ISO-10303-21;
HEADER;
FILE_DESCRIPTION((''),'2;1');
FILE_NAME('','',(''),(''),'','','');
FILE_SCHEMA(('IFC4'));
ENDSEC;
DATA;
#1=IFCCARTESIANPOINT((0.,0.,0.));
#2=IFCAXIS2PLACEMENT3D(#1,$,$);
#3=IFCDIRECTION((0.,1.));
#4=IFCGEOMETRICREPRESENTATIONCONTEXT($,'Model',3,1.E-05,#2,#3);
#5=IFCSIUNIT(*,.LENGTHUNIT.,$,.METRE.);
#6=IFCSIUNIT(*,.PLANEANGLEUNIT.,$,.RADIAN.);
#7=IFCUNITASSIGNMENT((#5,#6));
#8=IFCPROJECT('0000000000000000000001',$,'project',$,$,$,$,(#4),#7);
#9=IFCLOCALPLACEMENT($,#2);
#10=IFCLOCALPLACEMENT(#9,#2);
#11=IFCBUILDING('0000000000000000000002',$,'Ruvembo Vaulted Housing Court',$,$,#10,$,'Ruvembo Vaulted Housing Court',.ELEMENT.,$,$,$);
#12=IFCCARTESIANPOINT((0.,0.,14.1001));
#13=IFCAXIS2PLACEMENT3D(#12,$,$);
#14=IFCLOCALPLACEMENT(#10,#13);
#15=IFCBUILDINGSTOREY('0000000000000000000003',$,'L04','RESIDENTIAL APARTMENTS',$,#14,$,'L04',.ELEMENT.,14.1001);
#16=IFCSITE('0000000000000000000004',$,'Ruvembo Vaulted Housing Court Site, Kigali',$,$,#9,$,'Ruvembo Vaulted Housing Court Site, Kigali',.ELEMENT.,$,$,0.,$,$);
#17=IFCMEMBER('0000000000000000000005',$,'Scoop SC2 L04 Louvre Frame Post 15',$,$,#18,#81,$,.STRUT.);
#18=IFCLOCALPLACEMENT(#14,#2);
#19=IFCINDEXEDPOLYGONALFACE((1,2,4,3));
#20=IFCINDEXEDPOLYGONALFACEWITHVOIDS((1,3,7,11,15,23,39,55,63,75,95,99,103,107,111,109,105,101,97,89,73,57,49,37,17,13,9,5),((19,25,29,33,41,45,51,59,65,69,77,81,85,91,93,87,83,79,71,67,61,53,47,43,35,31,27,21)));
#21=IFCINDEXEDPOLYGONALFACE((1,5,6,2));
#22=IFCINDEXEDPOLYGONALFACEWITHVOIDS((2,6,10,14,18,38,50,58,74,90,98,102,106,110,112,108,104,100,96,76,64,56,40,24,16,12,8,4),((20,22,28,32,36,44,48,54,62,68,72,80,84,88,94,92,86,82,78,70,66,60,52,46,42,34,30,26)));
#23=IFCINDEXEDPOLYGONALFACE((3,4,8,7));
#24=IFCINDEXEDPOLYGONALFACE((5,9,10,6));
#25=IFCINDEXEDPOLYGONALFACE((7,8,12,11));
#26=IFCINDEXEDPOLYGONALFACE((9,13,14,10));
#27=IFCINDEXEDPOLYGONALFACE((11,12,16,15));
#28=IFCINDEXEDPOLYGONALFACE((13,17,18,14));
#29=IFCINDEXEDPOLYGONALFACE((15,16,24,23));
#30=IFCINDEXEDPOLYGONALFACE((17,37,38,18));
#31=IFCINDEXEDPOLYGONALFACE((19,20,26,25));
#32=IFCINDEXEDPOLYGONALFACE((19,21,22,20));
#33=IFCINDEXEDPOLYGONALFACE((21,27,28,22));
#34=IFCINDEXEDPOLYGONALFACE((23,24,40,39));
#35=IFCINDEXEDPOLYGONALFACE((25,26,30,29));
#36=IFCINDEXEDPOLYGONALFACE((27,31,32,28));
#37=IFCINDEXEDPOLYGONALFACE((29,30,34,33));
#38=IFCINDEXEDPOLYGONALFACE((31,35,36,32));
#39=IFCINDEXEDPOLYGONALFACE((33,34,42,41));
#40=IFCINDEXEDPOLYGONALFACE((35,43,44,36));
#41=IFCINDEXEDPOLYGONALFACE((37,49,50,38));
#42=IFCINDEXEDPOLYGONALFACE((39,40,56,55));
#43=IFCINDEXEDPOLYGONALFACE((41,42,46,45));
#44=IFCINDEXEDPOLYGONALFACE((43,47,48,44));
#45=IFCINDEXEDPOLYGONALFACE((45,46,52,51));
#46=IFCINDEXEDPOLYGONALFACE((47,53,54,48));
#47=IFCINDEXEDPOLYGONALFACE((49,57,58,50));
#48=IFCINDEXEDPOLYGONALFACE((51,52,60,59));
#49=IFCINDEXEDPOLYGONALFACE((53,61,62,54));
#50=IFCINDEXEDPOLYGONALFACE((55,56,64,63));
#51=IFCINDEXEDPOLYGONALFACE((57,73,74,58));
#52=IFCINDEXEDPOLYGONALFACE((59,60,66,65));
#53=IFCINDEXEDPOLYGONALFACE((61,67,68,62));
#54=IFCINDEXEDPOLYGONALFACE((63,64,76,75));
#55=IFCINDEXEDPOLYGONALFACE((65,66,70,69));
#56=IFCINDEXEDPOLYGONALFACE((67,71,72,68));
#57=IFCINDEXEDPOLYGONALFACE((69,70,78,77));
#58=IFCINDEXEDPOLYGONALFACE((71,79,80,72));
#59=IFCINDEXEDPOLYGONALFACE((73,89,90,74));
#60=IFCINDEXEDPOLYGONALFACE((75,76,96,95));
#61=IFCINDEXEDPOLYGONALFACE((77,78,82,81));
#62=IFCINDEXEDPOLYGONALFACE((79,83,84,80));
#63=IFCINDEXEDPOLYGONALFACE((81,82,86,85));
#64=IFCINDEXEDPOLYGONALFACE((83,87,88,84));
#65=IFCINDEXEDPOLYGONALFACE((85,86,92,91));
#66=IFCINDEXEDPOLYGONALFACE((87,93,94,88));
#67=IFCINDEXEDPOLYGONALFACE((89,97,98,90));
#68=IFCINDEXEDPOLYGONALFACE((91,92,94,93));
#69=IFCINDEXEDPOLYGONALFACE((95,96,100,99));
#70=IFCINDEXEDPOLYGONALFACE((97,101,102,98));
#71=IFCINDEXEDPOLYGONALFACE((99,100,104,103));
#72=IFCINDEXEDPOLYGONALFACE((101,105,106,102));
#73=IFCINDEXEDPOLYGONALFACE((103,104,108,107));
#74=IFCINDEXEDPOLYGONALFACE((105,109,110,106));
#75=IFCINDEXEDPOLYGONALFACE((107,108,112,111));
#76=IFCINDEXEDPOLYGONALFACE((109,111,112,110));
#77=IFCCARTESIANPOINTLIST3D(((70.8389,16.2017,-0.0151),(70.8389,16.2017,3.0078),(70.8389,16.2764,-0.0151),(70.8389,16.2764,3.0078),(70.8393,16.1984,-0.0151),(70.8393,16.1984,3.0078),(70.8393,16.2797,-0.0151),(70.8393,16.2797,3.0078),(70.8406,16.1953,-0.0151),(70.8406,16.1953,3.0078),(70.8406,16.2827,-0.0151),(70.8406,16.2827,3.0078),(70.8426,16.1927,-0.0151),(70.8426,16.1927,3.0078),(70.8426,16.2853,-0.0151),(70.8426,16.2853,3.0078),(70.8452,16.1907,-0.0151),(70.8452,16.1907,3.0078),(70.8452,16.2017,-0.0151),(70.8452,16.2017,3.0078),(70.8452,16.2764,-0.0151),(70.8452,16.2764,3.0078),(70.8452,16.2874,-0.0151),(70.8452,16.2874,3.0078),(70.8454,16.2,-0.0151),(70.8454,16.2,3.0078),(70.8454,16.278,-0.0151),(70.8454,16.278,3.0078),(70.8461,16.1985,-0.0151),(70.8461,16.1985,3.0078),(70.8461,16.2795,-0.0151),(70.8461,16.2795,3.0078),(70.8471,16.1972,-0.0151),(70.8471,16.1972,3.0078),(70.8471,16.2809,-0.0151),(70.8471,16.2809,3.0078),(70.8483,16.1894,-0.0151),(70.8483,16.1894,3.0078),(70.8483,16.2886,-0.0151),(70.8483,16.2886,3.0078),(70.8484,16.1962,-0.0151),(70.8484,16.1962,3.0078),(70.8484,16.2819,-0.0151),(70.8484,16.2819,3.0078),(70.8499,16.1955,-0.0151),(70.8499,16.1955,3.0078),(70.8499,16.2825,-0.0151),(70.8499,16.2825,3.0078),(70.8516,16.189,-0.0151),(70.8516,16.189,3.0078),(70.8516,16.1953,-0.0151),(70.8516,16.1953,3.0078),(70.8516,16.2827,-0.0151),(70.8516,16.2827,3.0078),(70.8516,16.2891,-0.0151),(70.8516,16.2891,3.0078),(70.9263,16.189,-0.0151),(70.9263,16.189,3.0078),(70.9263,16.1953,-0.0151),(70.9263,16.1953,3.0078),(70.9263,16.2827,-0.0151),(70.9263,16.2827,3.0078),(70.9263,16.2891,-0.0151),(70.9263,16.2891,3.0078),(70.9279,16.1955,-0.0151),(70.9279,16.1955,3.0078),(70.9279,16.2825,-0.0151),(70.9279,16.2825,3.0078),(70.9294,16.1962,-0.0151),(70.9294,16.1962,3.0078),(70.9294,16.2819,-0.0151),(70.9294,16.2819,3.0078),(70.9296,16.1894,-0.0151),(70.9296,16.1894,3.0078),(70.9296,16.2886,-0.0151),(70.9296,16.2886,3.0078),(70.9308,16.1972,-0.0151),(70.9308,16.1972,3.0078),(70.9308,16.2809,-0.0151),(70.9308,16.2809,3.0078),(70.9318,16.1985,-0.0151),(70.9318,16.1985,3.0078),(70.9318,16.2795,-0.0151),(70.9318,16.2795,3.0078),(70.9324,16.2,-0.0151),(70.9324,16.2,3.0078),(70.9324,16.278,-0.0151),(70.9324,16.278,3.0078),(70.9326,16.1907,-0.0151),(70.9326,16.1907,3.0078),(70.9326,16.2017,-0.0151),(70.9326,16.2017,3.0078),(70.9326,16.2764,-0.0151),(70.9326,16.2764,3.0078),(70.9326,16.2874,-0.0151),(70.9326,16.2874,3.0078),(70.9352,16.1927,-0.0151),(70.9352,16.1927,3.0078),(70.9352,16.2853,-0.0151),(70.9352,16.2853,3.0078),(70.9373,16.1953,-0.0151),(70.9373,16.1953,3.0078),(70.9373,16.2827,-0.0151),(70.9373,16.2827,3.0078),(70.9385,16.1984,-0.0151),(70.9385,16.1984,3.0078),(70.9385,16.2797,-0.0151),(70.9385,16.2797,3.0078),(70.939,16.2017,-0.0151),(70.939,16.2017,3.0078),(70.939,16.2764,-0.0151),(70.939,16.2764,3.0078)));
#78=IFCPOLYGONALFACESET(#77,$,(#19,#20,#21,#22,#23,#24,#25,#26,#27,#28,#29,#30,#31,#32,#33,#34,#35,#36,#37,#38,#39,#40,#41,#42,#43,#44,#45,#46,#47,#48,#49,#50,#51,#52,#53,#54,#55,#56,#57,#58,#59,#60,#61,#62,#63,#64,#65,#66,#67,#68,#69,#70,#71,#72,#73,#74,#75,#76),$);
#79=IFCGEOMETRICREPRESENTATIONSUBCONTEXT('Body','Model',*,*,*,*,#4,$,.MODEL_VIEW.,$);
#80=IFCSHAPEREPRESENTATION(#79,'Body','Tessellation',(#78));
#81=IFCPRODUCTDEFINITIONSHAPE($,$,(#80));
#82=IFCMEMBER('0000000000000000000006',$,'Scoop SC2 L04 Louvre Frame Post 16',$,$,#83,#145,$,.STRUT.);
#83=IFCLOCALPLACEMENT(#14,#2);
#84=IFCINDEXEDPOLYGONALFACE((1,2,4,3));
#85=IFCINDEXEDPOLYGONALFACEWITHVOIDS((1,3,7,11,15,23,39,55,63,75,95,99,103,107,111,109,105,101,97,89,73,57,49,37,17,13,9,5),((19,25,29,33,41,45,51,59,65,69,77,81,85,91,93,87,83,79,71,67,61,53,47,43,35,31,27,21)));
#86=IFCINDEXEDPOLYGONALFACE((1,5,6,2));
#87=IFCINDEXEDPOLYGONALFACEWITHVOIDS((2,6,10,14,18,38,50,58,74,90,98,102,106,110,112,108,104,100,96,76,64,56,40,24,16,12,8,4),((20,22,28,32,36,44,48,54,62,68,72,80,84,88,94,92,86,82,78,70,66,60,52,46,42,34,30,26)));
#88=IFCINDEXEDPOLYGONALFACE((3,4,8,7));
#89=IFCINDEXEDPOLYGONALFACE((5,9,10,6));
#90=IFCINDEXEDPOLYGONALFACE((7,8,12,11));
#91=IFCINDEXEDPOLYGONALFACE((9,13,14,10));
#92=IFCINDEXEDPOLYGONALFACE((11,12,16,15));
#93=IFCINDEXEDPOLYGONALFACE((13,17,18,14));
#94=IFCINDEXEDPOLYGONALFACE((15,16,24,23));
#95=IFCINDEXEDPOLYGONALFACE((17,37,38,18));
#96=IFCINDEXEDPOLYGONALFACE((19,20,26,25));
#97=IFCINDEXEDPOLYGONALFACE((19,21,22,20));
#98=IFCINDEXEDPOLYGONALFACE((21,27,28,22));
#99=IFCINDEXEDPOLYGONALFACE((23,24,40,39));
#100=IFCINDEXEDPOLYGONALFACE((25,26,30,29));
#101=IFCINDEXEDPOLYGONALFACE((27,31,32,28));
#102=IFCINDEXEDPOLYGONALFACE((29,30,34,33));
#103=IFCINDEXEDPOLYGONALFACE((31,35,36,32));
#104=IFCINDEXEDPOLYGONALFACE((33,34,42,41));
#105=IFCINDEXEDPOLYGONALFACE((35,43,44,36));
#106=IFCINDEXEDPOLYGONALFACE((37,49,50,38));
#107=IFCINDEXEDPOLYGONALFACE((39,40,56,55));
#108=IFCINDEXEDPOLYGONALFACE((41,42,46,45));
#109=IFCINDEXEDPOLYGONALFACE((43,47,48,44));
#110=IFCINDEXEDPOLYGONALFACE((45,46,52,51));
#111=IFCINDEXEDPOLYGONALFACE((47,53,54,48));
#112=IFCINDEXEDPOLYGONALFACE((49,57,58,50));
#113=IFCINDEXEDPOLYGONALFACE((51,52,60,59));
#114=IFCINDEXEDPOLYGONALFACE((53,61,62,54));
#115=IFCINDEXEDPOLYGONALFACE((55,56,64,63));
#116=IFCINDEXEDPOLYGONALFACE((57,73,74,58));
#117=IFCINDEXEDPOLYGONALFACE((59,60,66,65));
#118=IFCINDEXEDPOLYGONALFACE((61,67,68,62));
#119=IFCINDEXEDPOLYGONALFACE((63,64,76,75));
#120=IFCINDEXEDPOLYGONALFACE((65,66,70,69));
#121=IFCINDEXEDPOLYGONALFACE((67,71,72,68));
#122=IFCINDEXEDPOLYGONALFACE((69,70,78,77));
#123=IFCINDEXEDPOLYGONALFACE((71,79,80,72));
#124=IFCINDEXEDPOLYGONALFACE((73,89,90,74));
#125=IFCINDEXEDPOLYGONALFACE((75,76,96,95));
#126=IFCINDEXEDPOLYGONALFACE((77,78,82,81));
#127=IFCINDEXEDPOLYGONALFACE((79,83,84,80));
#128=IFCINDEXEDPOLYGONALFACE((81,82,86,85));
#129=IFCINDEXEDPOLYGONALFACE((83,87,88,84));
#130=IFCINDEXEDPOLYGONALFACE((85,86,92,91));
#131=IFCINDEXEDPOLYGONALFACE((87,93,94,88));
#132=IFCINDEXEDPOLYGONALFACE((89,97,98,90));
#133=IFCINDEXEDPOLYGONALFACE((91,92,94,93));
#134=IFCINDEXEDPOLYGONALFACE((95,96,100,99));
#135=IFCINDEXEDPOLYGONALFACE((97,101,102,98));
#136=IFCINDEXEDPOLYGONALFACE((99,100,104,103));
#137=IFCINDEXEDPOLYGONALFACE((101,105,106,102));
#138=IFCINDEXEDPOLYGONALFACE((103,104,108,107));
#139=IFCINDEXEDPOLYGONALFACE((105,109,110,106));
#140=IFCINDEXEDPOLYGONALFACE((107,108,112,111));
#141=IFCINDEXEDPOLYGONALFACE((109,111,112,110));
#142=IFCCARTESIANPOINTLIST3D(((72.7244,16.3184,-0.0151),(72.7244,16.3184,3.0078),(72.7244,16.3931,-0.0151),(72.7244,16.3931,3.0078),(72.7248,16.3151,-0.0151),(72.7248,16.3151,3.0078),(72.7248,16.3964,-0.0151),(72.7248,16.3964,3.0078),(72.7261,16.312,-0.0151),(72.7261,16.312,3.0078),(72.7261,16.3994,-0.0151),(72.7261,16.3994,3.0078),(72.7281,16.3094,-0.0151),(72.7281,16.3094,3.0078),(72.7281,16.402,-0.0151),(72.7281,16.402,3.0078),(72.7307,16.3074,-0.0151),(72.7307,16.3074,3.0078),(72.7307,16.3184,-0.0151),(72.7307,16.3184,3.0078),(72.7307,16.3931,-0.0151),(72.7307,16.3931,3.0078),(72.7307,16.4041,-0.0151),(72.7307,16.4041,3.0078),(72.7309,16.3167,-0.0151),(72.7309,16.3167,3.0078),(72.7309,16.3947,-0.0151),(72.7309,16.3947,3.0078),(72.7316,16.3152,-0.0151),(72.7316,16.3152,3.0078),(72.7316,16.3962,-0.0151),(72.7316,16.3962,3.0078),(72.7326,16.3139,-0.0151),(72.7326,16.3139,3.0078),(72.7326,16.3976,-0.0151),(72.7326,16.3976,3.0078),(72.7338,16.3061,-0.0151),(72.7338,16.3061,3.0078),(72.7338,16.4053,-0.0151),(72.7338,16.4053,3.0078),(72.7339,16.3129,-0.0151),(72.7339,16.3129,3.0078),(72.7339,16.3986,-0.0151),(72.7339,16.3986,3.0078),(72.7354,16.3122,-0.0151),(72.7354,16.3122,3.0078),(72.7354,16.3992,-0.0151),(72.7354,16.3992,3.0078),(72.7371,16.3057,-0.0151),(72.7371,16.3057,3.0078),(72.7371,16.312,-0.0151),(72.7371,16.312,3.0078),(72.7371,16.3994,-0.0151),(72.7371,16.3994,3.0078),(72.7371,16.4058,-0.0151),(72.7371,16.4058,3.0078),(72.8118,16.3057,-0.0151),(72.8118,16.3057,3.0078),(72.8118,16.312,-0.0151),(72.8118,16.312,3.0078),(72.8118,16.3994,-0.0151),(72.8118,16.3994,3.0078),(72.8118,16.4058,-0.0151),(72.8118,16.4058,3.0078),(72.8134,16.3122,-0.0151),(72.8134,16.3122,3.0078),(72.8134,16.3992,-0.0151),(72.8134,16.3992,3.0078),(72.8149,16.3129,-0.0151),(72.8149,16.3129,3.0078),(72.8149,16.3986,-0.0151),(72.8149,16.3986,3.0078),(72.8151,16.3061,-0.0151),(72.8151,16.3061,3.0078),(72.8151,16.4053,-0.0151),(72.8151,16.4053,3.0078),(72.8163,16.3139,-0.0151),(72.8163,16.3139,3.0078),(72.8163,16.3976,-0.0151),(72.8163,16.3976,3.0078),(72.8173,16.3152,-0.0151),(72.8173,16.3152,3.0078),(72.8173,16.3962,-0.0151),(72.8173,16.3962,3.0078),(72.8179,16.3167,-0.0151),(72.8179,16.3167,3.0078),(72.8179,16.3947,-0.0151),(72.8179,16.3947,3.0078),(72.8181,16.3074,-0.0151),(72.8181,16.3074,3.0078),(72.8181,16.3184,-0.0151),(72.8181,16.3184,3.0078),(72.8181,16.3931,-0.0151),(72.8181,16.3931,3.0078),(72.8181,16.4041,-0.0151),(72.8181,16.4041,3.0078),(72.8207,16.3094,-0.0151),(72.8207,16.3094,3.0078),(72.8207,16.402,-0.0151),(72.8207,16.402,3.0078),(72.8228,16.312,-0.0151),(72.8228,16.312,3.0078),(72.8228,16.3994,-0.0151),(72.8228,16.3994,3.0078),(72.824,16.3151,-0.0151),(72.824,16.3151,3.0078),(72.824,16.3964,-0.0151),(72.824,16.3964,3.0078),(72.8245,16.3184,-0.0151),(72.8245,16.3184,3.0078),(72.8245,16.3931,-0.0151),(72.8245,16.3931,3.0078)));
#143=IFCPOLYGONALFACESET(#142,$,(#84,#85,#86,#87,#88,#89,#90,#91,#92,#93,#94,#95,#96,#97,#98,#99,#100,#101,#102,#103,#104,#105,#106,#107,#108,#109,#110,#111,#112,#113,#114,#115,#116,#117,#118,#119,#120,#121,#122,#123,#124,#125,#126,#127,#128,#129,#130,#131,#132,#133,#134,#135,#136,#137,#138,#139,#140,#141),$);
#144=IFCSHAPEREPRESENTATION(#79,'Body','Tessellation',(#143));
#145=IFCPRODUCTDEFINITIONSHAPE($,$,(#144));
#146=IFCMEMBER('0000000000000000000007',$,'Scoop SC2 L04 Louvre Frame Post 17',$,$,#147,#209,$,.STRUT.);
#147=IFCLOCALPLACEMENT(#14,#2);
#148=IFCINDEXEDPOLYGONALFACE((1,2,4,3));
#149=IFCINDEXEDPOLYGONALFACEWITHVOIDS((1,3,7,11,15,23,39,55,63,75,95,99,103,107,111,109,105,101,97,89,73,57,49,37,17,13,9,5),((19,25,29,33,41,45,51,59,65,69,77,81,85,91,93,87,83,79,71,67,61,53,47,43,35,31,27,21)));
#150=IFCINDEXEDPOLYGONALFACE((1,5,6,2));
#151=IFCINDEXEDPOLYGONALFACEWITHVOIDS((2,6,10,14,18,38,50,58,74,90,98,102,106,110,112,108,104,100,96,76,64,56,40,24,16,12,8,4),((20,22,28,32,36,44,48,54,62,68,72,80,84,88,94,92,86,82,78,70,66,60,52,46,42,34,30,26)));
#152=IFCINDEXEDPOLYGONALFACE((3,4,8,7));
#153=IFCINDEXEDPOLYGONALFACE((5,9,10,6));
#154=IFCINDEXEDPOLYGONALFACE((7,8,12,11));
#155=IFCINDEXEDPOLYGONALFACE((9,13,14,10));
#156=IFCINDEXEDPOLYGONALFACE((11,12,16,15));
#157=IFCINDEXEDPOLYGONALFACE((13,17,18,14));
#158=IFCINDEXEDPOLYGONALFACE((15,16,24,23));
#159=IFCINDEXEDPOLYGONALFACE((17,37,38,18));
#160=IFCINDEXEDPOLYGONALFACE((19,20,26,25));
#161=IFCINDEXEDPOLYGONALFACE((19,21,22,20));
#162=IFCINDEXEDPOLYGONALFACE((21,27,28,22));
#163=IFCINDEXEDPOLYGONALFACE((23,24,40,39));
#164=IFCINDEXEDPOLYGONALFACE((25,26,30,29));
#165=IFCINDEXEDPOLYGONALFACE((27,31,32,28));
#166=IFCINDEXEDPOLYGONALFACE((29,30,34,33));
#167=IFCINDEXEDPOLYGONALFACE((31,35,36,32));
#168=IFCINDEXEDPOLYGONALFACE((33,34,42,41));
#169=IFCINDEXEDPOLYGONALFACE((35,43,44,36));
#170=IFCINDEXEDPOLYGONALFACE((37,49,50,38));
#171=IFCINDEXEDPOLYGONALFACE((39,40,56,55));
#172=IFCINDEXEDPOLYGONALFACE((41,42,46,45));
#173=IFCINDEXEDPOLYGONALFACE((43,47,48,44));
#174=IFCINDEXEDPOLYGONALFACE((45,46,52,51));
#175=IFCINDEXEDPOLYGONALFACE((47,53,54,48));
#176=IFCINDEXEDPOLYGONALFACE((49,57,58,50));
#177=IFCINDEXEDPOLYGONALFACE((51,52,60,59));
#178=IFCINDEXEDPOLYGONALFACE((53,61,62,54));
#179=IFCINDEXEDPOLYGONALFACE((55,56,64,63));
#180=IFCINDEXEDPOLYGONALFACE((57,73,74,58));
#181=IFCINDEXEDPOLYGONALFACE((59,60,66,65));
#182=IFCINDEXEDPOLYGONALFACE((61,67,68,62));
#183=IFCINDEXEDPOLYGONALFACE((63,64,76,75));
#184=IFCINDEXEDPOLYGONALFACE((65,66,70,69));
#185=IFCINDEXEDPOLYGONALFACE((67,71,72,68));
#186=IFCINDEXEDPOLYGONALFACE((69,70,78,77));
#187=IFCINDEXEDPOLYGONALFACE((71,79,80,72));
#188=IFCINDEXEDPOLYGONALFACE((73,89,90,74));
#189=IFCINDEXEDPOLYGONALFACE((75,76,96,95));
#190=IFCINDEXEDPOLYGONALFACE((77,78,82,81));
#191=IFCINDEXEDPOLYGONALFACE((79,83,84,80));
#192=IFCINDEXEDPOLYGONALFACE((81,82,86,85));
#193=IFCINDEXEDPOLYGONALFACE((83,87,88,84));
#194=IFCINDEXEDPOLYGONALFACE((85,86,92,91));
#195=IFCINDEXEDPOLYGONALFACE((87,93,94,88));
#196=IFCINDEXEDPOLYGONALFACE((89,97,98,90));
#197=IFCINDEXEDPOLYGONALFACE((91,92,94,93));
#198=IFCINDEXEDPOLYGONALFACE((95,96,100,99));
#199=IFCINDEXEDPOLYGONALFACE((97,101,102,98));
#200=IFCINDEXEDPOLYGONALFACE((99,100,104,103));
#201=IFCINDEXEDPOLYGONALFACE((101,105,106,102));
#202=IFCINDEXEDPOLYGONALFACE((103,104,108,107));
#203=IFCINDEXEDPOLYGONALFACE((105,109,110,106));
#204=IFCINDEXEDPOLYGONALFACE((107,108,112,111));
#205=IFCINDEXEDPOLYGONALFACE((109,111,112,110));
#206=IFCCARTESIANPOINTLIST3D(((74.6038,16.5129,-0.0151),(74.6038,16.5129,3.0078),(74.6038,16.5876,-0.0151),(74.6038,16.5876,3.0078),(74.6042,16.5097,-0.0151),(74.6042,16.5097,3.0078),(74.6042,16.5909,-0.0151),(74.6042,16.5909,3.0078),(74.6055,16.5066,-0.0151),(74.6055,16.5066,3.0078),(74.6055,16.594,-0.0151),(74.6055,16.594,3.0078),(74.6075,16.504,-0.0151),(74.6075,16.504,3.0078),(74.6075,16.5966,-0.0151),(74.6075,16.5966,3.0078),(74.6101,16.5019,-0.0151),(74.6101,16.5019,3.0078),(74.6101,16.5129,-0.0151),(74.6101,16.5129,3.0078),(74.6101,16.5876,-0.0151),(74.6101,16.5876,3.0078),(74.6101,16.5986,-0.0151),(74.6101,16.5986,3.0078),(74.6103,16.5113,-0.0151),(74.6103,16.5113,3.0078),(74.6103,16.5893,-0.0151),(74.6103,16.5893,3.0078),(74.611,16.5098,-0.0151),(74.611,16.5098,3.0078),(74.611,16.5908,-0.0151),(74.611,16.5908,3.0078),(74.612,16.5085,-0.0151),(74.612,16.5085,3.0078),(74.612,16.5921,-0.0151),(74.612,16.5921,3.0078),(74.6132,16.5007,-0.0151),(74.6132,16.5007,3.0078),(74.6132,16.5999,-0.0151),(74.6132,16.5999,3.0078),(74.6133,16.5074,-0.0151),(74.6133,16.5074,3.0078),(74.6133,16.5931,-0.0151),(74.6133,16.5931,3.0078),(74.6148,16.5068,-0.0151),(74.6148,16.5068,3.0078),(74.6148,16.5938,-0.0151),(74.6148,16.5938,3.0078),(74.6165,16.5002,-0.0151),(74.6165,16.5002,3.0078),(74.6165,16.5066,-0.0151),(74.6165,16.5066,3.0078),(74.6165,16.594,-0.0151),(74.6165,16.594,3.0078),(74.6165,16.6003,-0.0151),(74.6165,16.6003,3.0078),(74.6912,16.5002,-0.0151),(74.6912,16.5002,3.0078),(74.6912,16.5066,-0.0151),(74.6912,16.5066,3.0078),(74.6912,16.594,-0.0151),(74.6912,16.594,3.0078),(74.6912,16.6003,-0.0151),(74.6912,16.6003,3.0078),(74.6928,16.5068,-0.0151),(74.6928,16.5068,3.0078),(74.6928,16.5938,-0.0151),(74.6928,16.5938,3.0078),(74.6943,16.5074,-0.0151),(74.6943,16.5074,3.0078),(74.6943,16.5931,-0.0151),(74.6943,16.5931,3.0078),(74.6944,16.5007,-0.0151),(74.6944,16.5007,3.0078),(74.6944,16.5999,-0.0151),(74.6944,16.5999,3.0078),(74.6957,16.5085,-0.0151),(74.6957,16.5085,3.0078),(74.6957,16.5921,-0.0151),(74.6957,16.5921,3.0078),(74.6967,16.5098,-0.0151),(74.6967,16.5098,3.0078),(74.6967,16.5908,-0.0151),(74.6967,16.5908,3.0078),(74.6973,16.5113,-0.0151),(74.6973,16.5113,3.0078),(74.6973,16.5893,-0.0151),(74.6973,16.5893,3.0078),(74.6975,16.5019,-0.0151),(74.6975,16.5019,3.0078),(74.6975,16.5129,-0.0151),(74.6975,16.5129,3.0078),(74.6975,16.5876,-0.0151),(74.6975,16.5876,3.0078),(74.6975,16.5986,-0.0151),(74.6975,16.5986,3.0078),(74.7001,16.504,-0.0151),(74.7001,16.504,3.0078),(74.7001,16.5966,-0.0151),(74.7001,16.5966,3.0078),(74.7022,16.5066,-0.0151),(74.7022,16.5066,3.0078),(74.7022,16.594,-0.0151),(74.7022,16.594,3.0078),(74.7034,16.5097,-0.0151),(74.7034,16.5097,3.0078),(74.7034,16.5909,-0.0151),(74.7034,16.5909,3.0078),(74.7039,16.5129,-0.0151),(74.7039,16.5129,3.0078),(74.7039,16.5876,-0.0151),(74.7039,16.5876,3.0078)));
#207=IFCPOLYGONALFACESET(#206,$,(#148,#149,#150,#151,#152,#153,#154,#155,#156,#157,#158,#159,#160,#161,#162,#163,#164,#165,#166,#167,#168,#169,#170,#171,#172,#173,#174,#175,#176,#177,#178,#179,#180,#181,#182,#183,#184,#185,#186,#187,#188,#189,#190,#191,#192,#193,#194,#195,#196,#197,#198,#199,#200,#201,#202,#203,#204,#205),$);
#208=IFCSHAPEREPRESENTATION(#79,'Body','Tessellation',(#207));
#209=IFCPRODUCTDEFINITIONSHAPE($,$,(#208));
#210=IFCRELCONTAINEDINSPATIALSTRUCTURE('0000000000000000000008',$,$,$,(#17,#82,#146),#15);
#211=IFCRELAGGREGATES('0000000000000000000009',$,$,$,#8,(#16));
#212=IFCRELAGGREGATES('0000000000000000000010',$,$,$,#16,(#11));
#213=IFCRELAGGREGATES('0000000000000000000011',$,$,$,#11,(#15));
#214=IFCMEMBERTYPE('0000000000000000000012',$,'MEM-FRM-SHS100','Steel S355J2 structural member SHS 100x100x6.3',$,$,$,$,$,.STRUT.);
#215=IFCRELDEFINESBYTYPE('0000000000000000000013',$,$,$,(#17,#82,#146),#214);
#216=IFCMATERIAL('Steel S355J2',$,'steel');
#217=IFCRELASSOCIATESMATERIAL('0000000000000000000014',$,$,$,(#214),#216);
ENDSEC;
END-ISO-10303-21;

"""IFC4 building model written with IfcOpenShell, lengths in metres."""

from ifc_helpers import new_model, si_unit, direction, frame, origin, origin_2d, place, context, subcontext, project, spatial, hollow_rectangle, extrude, material, material_profile, profile_set, type_object, element, save


model = new_model("IFC4")

# Units and contexts
model_context = context("Model", 3, precision=1e-05, world=origin(), true_north=direction((0.0, 1.0)))
body_context = subcontext(model_context, "Body", "Model", "MODEL_VIEW")
ifc_project = project(units=[si_unit("LENGTHUNIT", "METRE"), si_unit("PLANEANGLEUNIT", "RADIAN")], contexts=[model_context])

# Site, building, storey
site_placement = place(None, origin())
site = spatial("IfcSite", under=ifc_project, at=site_placement, Name="Ruvembo Vaulted Housing Court Site, Kigali", LongName="Ruvembo Vaulted Housing Court Site, Kigali", CompositionType="ELEMENT", RefElevation=0.0)
building_placement = place(site_placement, origin())
building = spatial("IfcBuilding", under=site, at=building_placement, Name="Ruvembo Vaulted Housing Court", LongName="Ruvembo Vaulted Housing Court", CompositionType="ELEMENT")
storey_placement = place(building_placement, frame((0.0, 0.0, 14.1001)))
storey = spatial("IfcBuildingStorey", under=building, at=storey_placement, Name="L04", Description="RESIDENTIAL APARTMENTS", LongName="L04", CompositionType="ELEMENT", Elevation=14.1001)

# Shared definitions
ifc_material_1 = material(Name="Steel S355J2", Category="steel")

# Members
ifc_material_profile_1 = material_profile(ifc_material_1, hollow_rectangle(XDim=0.1001, YDim=0.1001, WallThickness=0.0063, InnerFilletRadius=0.0063, OuterFilletRadius=0.0127, at=origin_2d()), Name="SHS 100x100x6.3")
ifc_profile_set_1 = profile_set([ifc_material_profile_1], Name="Steel S355J2")
member_type_1 = type_object("IfcMemberType", Name="MEM-FRM-SHS100", Description="Steel S355J2 structural member SHS 100x100x6.3", PredefinedType="STRUT", material=ifc_profile_set_1)
for number, where, z_axis, x_axis, name in (
    (1, (70.8889, 16.239, -0.0151), (0.0, 0.0, 1.0), (1.0, 0.0, 0.0), "Scoop SC2 L04 Louvre Frame Post 15"),
    (2, (72.7744, 16.3557, -0.0151), (0.0, 0.0, 1.0), (1.0, 0.0, 0.0), "Scoop SC2 L04 Louvre Frame Post 16"),
    (3, (74.6538, 16.5503, -0.0151), (0.0, 0.0, 1.0), (1.0, 0.0, 0.0), "Scoop SC2 L04 Louvre Frame Post 17"),
):
    element("IfcMember", number, at=place(storey_placement, frame(where, z_axis=z_axis, x_axis=x_axis)), inside=storey, type_object=member_type_1, Name=name, PredefinedType="STRUT", context=body_context, shape_type="SweptSolid", body=[
        extrude(hollow_rectangle(XDim=0.1001, YDim=0.1001, WallThickness=0.0063, InnerFilletRadius=0.0063, OuterFilletRadius=0.0127, at=origin_2d()), origin(), (0.0, 0.0, 1.0), 3.0229),
    ])

save(model, "model.ifc")
